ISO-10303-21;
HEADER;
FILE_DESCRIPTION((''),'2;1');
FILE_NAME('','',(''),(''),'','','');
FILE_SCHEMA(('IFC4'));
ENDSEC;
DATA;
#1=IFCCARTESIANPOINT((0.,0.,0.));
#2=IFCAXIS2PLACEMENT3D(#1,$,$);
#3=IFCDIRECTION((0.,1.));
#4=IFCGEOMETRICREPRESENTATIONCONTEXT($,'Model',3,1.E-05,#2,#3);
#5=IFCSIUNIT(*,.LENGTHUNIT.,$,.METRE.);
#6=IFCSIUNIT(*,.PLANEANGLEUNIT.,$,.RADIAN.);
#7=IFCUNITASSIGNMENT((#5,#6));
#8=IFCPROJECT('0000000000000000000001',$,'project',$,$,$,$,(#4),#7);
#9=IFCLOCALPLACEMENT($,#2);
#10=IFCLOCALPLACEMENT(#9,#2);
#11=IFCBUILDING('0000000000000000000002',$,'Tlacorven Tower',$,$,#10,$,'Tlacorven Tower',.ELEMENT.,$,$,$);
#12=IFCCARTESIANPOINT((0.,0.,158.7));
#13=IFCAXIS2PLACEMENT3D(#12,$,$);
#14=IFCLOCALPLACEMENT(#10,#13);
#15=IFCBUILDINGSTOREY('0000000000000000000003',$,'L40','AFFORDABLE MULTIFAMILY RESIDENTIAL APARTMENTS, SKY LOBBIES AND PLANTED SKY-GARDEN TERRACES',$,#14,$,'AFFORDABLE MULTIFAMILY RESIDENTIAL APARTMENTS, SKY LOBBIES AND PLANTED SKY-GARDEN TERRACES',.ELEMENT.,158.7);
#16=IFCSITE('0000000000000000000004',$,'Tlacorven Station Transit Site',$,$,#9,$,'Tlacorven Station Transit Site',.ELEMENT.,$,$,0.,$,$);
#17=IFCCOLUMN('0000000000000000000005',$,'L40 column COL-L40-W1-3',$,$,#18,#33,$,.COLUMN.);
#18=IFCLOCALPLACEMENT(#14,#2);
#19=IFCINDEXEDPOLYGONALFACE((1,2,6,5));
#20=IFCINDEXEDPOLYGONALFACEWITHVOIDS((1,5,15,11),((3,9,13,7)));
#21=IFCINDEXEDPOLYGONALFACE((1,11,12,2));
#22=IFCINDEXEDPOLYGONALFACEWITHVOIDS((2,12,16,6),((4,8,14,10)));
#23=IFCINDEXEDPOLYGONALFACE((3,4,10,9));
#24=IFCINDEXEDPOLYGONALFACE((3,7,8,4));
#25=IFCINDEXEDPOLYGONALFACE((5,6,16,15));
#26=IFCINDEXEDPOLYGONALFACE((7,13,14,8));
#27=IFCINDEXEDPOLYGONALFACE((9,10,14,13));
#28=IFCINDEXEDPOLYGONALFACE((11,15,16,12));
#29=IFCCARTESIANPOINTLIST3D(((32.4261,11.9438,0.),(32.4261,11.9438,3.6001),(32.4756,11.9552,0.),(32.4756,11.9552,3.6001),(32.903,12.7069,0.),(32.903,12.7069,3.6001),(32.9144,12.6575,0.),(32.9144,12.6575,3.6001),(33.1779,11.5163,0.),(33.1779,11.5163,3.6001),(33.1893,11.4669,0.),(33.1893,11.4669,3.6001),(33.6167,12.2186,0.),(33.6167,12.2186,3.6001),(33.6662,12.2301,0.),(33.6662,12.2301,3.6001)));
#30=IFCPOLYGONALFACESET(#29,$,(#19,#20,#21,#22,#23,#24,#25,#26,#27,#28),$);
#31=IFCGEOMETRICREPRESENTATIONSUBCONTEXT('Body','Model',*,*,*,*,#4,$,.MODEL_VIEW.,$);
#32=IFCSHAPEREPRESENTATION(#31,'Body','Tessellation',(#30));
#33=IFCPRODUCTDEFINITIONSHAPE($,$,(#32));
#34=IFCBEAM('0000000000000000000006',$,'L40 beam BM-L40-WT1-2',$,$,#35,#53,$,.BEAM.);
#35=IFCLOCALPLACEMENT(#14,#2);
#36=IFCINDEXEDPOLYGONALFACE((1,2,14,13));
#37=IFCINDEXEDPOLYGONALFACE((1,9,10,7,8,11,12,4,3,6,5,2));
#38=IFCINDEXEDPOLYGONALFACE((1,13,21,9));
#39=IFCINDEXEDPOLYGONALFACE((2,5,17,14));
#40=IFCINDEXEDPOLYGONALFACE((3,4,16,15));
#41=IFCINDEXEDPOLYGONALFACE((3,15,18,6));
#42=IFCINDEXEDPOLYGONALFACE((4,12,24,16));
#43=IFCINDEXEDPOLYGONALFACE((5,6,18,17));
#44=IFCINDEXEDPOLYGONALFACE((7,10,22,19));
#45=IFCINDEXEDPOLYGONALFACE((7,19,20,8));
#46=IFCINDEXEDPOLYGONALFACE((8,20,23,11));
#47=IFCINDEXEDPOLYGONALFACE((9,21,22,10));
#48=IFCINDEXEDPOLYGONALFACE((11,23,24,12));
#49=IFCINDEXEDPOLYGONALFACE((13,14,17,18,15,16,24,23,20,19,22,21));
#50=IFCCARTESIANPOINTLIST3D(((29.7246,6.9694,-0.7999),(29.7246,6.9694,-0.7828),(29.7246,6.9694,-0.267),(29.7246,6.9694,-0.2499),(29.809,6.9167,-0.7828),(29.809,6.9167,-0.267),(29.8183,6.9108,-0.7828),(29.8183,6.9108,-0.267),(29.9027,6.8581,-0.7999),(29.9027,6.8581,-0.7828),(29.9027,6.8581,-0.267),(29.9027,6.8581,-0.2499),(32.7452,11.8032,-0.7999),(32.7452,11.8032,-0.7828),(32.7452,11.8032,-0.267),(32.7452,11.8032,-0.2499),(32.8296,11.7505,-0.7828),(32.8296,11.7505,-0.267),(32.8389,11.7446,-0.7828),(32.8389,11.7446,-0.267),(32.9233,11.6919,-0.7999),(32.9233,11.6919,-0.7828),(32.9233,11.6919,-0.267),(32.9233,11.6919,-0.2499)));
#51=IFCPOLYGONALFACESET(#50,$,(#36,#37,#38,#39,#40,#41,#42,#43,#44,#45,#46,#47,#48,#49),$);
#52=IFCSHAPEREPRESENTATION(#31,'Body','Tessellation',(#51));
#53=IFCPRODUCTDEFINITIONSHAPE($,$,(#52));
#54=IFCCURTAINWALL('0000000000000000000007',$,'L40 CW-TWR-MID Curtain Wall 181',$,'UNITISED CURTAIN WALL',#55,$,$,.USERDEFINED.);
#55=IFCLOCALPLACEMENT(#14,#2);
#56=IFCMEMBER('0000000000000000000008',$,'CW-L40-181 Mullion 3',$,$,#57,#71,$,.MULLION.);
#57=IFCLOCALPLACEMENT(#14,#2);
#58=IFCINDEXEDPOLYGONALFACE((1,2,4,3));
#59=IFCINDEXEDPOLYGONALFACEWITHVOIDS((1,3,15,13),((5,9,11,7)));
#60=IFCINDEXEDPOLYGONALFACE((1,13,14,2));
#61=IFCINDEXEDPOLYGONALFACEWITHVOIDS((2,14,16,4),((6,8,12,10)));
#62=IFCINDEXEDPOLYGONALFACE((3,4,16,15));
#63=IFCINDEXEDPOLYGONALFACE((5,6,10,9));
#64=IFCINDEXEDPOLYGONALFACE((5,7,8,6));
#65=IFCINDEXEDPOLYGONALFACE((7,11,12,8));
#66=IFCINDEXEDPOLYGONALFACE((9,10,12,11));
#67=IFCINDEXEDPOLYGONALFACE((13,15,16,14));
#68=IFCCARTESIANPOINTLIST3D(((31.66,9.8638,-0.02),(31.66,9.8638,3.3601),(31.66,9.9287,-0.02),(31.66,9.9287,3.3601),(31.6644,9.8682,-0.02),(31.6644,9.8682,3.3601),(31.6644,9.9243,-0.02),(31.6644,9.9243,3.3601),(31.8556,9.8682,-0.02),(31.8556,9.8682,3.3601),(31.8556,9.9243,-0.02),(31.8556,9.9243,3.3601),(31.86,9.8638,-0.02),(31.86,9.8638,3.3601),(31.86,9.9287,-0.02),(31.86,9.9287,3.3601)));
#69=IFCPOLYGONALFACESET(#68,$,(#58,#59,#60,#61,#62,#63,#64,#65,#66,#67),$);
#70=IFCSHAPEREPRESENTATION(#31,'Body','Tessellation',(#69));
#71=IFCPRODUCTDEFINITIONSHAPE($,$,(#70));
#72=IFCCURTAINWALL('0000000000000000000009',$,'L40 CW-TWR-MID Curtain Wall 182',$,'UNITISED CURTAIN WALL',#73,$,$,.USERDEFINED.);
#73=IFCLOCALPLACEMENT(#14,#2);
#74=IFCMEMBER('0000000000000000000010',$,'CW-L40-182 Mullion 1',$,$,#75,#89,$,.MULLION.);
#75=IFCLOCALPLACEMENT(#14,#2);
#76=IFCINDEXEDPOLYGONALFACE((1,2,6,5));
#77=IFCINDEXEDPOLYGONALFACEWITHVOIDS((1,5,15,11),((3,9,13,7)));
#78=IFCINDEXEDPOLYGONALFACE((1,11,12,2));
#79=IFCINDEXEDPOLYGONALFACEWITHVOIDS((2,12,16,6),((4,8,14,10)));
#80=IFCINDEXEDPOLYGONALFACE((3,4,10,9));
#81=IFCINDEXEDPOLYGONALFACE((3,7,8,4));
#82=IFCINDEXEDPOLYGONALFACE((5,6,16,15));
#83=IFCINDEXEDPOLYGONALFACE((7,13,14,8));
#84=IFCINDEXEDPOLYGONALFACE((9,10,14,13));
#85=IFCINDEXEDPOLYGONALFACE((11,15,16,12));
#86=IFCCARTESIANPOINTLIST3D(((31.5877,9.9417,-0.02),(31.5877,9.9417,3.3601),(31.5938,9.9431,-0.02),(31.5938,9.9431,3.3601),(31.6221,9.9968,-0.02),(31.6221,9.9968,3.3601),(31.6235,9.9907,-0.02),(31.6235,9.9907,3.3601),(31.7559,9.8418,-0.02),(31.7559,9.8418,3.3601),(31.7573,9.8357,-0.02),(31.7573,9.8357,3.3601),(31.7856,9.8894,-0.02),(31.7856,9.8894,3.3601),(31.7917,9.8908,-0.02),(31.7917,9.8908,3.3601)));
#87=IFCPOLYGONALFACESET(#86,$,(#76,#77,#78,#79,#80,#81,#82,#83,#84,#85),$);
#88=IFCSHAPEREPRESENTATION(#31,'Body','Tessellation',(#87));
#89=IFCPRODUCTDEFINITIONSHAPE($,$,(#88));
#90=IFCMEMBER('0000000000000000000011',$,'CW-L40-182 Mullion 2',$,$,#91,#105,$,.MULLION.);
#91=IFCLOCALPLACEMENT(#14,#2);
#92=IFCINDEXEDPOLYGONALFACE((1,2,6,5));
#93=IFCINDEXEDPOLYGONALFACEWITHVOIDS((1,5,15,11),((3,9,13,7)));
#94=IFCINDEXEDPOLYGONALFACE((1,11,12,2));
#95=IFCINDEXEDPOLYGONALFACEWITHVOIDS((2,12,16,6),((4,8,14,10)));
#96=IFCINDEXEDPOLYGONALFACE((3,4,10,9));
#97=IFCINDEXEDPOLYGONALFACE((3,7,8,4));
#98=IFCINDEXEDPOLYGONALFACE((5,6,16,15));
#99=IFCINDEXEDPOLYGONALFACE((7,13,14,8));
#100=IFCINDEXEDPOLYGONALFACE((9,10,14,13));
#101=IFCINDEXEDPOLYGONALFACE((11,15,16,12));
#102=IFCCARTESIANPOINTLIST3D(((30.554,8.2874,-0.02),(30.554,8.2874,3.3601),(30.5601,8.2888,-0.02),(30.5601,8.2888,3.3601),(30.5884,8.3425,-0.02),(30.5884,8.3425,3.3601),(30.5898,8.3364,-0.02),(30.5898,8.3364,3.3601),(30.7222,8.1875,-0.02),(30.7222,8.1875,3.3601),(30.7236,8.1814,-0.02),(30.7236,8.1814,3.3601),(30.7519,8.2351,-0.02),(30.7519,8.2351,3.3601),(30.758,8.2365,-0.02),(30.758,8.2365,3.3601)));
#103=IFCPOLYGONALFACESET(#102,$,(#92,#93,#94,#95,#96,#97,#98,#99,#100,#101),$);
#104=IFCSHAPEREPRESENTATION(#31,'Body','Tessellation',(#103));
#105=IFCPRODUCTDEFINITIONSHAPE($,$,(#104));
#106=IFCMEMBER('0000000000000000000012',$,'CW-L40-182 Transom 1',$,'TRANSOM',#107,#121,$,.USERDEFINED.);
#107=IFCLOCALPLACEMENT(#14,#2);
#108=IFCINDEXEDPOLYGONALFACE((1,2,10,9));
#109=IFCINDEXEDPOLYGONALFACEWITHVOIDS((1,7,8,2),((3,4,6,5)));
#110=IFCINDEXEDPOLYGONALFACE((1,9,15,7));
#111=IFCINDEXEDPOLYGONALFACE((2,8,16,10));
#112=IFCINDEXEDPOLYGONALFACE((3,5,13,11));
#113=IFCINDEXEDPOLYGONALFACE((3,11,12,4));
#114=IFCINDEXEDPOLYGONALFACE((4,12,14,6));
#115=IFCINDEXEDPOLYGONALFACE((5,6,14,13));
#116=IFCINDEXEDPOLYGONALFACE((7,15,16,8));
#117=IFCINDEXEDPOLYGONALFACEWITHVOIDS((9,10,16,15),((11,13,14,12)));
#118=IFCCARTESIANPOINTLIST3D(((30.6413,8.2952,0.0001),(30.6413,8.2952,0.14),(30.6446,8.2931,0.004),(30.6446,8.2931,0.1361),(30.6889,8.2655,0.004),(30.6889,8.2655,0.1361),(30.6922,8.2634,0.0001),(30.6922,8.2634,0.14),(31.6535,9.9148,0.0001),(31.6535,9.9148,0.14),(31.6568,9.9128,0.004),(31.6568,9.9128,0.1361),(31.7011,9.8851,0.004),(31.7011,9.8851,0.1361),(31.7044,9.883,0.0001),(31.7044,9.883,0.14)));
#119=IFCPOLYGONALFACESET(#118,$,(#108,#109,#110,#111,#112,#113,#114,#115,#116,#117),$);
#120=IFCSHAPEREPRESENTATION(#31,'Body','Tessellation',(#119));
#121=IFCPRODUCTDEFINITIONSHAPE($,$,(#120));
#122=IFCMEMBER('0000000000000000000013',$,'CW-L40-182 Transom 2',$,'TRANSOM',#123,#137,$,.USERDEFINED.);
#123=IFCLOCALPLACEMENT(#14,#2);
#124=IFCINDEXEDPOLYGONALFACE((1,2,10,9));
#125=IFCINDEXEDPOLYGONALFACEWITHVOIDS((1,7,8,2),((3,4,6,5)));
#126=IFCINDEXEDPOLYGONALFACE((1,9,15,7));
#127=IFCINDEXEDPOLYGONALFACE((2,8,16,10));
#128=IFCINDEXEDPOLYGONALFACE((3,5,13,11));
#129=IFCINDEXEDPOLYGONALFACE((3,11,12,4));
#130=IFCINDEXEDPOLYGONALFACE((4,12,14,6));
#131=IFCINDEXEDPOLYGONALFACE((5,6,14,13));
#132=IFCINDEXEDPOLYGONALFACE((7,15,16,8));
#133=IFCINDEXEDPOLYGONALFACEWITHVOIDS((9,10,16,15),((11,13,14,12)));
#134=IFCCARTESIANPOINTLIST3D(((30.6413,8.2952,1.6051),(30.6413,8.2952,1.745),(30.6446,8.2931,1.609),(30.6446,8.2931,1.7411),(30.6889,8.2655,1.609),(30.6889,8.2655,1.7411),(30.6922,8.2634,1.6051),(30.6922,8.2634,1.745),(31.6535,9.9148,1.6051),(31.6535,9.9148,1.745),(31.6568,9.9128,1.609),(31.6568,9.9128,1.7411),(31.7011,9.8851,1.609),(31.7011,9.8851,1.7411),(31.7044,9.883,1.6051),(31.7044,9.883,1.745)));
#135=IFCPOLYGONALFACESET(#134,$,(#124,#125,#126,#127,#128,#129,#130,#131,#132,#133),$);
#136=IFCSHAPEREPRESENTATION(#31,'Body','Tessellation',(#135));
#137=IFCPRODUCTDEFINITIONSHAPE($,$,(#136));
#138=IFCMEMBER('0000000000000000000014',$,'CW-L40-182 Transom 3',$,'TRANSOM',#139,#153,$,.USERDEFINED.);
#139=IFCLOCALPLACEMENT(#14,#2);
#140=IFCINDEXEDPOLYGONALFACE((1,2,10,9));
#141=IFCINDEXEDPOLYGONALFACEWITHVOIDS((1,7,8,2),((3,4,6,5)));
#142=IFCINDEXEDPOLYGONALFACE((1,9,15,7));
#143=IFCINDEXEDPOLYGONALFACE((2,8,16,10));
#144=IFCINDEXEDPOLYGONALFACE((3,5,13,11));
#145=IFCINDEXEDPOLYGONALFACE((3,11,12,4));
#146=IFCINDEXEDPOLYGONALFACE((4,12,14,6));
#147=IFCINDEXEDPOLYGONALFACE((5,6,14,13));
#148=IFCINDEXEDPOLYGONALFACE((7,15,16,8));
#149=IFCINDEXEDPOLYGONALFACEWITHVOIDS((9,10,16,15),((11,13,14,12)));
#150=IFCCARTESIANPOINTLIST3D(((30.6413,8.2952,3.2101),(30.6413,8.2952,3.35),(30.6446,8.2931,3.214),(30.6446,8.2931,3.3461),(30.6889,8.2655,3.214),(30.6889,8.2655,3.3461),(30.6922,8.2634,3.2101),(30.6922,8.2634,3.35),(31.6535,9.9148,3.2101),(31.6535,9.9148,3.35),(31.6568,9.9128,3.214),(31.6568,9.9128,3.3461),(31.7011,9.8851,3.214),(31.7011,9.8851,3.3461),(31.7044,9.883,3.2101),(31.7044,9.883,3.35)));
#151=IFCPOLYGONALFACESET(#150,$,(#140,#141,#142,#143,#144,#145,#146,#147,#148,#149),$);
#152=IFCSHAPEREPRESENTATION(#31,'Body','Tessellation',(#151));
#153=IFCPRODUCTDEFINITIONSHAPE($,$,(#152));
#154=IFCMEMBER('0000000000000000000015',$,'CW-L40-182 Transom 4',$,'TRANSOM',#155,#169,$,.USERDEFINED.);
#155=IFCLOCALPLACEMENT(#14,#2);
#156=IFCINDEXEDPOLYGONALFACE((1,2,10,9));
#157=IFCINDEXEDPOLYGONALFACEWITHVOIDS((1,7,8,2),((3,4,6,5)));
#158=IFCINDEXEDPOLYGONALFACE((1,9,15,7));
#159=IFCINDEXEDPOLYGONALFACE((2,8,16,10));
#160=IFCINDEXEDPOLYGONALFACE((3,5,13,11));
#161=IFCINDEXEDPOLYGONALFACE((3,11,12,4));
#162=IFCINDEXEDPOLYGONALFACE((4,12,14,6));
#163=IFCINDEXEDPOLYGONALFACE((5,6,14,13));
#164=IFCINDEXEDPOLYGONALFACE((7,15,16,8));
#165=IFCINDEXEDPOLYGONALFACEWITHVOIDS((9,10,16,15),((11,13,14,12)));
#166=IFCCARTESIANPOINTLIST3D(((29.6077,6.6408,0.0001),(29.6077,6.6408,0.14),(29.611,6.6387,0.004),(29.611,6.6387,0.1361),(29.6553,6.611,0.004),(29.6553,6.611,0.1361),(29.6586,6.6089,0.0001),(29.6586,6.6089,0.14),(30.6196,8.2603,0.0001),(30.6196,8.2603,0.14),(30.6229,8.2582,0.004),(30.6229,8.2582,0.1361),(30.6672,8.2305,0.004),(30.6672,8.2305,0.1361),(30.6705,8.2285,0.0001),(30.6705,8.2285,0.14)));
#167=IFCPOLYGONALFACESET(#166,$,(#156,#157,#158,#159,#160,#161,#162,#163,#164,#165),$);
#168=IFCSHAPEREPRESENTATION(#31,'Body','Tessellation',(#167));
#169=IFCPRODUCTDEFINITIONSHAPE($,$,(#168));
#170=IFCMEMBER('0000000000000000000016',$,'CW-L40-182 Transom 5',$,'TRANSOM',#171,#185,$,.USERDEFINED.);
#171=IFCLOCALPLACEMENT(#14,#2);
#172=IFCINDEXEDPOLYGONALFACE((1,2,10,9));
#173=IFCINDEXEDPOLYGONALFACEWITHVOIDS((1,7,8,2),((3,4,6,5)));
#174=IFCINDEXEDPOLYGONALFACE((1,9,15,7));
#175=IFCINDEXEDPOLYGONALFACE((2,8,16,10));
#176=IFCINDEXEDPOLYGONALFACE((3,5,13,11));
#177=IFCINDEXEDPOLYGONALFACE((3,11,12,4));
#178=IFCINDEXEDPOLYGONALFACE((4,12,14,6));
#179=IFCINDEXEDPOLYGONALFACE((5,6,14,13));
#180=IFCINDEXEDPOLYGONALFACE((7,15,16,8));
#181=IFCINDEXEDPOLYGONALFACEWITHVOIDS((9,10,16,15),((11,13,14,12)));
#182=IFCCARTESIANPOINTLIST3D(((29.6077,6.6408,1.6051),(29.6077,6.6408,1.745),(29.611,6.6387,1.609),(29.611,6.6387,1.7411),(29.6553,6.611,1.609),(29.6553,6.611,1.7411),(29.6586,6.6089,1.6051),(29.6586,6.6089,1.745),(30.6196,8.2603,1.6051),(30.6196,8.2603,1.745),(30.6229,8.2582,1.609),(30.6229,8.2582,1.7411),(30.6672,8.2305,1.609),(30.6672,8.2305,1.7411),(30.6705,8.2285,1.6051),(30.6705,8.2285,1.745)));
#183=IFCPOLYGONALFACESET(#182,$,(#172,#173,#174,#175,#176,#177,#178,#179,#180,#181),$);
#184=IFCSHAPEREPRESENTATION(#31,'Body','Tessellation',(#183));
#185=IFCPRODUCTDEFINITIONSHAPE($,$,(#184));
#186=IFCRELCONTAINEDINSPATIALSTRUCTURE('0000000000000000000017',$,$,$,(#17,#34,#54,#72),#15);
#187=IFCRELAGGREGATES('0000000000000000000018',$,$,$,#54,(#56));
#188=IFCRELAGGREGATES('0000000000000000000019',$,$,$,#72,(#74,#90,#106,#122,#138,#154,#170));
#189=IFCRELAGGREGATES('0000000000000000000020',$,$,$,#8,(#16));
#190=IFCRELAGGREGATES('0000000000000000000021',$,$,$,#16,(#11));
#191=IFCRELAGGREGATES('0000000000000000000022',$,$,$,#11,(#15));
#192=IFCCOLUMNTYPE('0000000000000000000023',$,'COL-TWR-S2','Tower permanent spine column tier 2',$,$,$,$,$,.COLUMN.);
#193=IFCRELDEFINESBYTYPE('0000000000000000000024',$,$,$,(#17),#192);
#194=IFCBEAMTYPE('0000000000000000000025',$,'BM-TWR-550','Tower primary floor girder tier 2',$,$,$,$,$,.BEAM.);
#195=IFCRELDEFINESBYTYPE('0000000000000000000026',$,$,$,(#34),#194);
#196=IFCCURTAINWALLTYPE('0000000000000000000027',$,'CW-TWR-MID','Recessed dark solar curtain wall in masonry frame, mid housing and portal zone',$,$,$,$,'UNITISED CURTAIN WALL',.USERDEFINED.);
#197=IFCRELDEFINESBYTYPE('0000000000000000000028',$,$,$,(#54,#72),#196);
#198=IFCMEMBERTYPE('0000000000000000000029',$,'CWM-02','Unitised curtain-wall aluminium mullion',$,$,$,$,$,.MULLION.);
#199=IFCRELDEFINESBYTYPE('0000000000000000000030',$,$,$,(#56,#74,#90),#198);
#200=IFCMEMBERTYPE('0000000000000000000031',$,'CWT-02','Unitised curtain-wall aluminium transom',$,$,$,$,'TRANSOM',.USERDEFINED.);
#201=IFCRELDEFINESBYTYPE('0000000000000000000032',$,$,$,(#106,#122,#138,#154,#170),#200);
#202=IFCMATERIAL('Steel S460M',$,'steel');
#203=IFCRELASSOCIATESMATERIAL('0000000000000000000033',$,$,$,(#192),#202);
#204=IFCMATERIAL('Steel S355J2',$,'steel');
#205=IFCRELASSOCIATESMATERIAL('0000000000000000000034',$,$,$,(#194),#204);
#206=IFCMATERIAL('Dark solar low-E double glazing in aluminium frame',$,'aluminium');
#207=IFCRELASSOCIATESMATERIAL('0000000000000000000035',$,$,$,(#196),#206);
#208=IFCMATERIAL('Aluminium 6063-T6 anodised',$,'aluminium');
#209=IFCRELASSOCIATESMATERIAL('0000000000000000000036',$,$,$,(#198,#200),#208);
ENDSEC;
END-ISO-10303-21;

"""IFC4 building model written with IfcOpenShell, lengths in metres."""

from ifc_helpers import new_model, si_unit, direction, frame, origin, origin_2d, place, context, subcontext, project, spatial, hollow_rectangle, i_section, extrude, source, transform, mapped, material, material_profile, profile_set, type_object, element, aggregate, save


model = new_model("IFC4")

# Units and contexts
model_context = context("Model", 3, precision=1e-05, world=origin(), true_north=direction((0.0, 1.0)))
body_context = subcontext(model_context, "Body", "Model", "MODEL_VIEW")
ifc_project = project(units=[si_unit("LENGTHUNIT", "METRE"), si_unit("PLANEANGLEUNIT", "RADIAN")], contexts=[model_context])

# Site, building, storey
site_placement = place(None, origin())
site = spatial("IfcSite", under=ifc_project, at=site_placement, Name="Tlacorven Station Transit Site", LongName="Tlacorven Station Transit Site", CompositionType="ELEMENT", RefElevation=0.0)
building_placement = place(site_placement, origin())
building = spatial("IfcBuilding", under=site, at=building_placement, Name="Tlacorven Tower", LongName="Tlacorven Tower", CompositionType="ELEMENT")
storey_placement = place(building_placement, frame((0.0, 0.0, 158.7)))
storey = spatial("IfcBuildingStorey", under=building, at=storey_placement, Name="L40", Description="AFFORDABLE MULTIFAMILY RESIDENTIAL APARTMENTS, SKY LOBBIES AND PLANTED SKY-GARDEN TERRACES", LongName="AFFORDABLE MULTIFAMILY RESIDENTIAL APARTMENTS, SKY LOBBIES AND PLANTED SKY-GARDEN TERRACES", CompositionType="ELEMENT", Elevation=158.7)

# Column
ifc_material_1 = material(Name="Steel S460M", Category="steel")
ifc_material_profile_1 = material_profile(ifc_material_1, hollow_rectangle(XDim=0.8999, YDim=0.8999, WallThickness=0.0359, at=origin_2d()), Name="BOX 900X900X36")
ifc_profile_set_1 = profile_set([ifc_material_profile_1], Name="Steel S460M")
column_type = type_object("IfcColumnType", Name="COL-TWR-S2", Description="Tower permanent spine column tier 2", PredefinedType="COLUMN", material=ifc_profile_set_1)
shared_shape_1 = source(origin(), body_context, "Body", "SweptSolid", [
    extrude(hollow_rectangle(XDim=0.8999, YDim=0.8999, WallThickness=0.0359, at=origin_2d()), origin(), (0.0, 0.0, 1.0), 3.6001),
])
column_placement = place(storey_placement, frame((33.0461, 12.0869, 0.0), z_axis=(0.0, 0.0, 1.0), x_axis=(-0.848048, 0.529919, 0.0)))
element("IfcColumn", 1, at=column_placement, inside=storey, type_object=column_type, Name="L40 column COL-L40-W1-3", PredefinedType="COLUMN", context=body_context, shape_type="MappedRepresentation", body=[
    mapped(shared_shape_1, transform((0.0, 0.0, 0.0), scale=1.0)),
])

# Beam
ifc_material_2 = material(Name="Steel S355J2", Category="steel")
ifc_material_profile_2 = material_profile(ifc_material_2, i_section(OverallWidth=0.21, OverallDepth=0.55, WebThickness=0.011, FlangeThickness=0.0171, at=origin_2d()), Name="IPE 550")
ifc_profile_set_2 = profile_set([ifc_material_profile_2], Name="Steel S355J2")
beam_type = type_object("IfcBeamType", Name="BM-TWR-550", Description="Tower primary floor girder tier 2", PredefinedType="BEAM", material=ifc_profile_set_2)
shared_shape_2 = source(origin(), body_context, "Body", "SweptSolid", [
    extrude(i_section(OverallWidth=0.21, OverallDepth=0.55, WebThickness=0.011, FlangeThickness=0.0171, at=origin_2d()), origin(), (0.0, 0.0, 1.0), 5.7),
])
beam_placement = place(storey_placement, frame((32.8342, 11.7476, -0.5249), z_axis=(-0.529926, -0.848044, 0.0), x_axis=(0.848044, -0.529926, 0.0)))
element("IfcBeam", 2, at=beam_placement, inside=storey, type_object=beam_type, Name="L40 beam BM-L40-WT1-2", PredefinedType="BEAM", context=body_context, shape_type="MappedRepresentation", body=[
    mapped(shared_shape_2, transform((0.0, 0.0, 0.0), scale=1.0)),
])

# Curtain wall, member
ifc_material_3 = material(Name="Dark solar low-E double glazing in aluminium frame", Category="aluminium")
curtain_wall_type = type_object("IfcCurtainWallType", Name="CW-TWR-MID", Description="Recessed dark solar curtain wall in masonry frame, mid housing and portal zone", ElementType="UNITISED CURTAIN WALL", PredefinedType="USERDEFINED", material=ifc_material_3)
curtain_wall_1_placement = place(storey_placement, origin())
curtain_wall_1 = element("IfcCurtainWall", 3, at=curtain_wall_1_placement, inside=storey, type_object=curtain_wall_type, Name="L40 CW-TWR-MID Curtain Wall 181", ObjectType="UNITISED CURTAIN WALL", PredefinedType="USERDEFINED")
ifc_material_4 = material(Name="Aluminium 6063-T6 anodised", Category="aluminium")
ifc_material_profile_3 = material_profile(ifc_material_4, hollow_rectangle(XDim=0.0649, YDim=0.2, WallThickness=0.0044, at=origin_2d()), Name="ALU MULLION 65X200")
ifc_profile_set_3 = profile_set([ifc_material_profile_3], Name="Aluminium 6063-T6 anodised")
member_type_1 = type_object("IfcMemberType", Name="CWM-02", Description="Unitised curtain-wall aluminium mullion", PredefinedType="MULLION", material=ifc_profile_set_3)
shared_shape_3 = source(origin(), body_context, "Body", "SweptSolid", [
    extrude(hollow_rectangle(XDim=0.0649, YDim=0.2, WallThickness=0.0044, at=origin_2d()), origin(), (0.0, 0.0, 1.0), 3.3801),
])
member_1_placement = place(storey_placement, frame((31.76, 9.8962, -0.02), z_axis=(0.0, 0.0, 1.0), x_axis=(0.0, 1.0, 0.0)))
member_1 = element("IfcMember", 4, at=member_1_placement, type_object=member_type_1, Name="CW-L40-181 Mullion 3", PredefinedType="MULLION", context=body_context, shape_type="MappedRepresentation", body=[
    mapped(shared_shape_3, transform((0.0, 0.0, 0.0), scale=1.0)),
])

# Curtain wall, members
curtain_wall_2_placement = place(storey_placement, origin())
curtain_wall_2 = element("IfcCurtainWall", 5, at=curtain_wall_2_placement, inside=storey, type_object=curtain_wall_type, Name="L40 CW-TWR-MID Curtain Wall 182", ObjectType="UNITISED CURTAIN WALL", PredefinedType="USERDEFINED")
member_2_placement = place(storey_placement, frame((31.6897, 9.9163, -0.02), z_axis=(0.0, 0.0, 1.0), x_axis=(-0.529919, -0.848048, 0.0)))
member_2 = element("IfcMember", 6, at=member_2_placement, type_object=member_type_1, Name="CW-L40-182 Mullion 1", PredefinedType="MULLION", context=body_context, shape_type="MappedRepresentation", body=[
    mapped(shared_shape_3, transform((0.0, 0.0, 0.0), scale=1.0)),
])
member_3_placement = place(storey_placement, frame((30.656, 8.262, -0.02), z_axis=(0.0, 0.0, 1.0), x_axis=(-0.529919, -0.848048, 0.0)))
member_3 = element("IfcMember", 7, at=member_3_placement, type_object=member_type_1, Name="CW-L40-182 Mullion 2", PredefinedType="MULLION", context=body_context, shape_type="MappedRepresentation", body=[
    mapped(shared_shape_3, transform((0.0, 0.0, 0.0), scale=1.0)),
])
ifc_material_profile_4 = material_profile(ifc_material_4, hollow_rectangle(XDim=0.0601, YDim=0.1399, WallThickness=0.0039, at=origin_2d()), Name="ALU TRANSOM 60X140")
ifc_profile_set_4 = profile_set([ifc_material_profile_4], Name="Aluminium 6063-T6 anodised")
member_type_2 = type_object("IfcMemberType", Name="CWT-02", Description="Unitised curtain-wall aluminium transom", ElementType="TRANSOM", PredefinedType="USERDEFINED", material=ifc_profile_set_4)
shared_shape_4 = source(origin(), body_context, "Body", "SweptSolid", [
    extrude(hollow_rectangle(XDim=0.0601, YDim=0.1399, WallThickness=0.0039, at=origin_2d()), origin(), (0.0, 0.0, 1.0), 1.9099),
])
member_4_placement = place(storey_placement, frame((31.679, 9.8989, 0.0701), z_axis=(-0.529976, -0.848013, 0.0), x_axis=(0.848013, -0.529976, 0.0)))
member_4 = element("IfcMember", 8, at=member_4_placement, type_object=member_type_2, Name="CW-L40-182 Transom 1", ObjectType="TRANSOM", PredefinedType="USERDEFINED", context=body_context, shape_type="MappedRepresentation", body=[
    mapped(shared_shape_4, transform((0.0, 0.0, 0.0), scale=1.0)),
])
member_5_placement = place(storey_placement, frame((31.679, 9.8989, 1.675), z_axis=(-0.529976, -0.848013, 0.0), x_axis=(0.848013, -0.529976, 0.0)))
member_5 = element("IfcMember", 9, at=member_5_placement, type_object=member_type_2, Name="CW-L40-182 Transom 2", ObjectType="TRANSOM", PredefinedType="USERDEFINED", context=body_context, shape_type="MappedRepresentation", body=[
    mapped(shared_shape_4, transform((0.0, 0.0, 0.0), scale=1.0)),
])
member_6_placement = place(storey_placement, frame((31.679, 9.8989, 3.28), z_axis=(-0.529976, -0.848013, 0.0), x_axis=(0.848013, -0.529976, 0.0)))
member_6 = element("IfcMember", 10, at=member_6_placement, type_object=member_type_2, Name="CW-L40-182 Transom 3", ObjectType="TRANSOM", PredefinedType="USERDEFINED", context=body_context, shape_type="MappedRepresentation", body=[
    mapped(shared_shape_4, transform((0.0, 0.0, 0.0), scale=1.0)),
])
shared_shape_5 = source(origin(), body_context, "Body", "SweptSolid", [
    extrude(hollow_rectangle(XDim=0.0601, YDim=0.1399, WallThickness=0.0039, at=origin_2d()), origin(), (0.0, 0.0, 1.0), 1.9097),
])
member_7_placement = place(storey_placement, frame((30.645, 8.2444, 0.0701), z_axis=(-0.529884, -0.84807, 0.0), x_axis=(0.84807, -0.529884, 0.0)))
member_7 = element("IfcMember", 11, at=member_7_placement, type_object=member_type_2, Name="CW-L40-182 Transom 4", ObjectType="TRANSOM", PredefinedType="USERDEFINED", context=body_context, shape_type="MappedRepresentation", body=[
    mapped(shared_shape_5, transform((0.0, 0.0, 0.0), scale=1.0)),
])
member_8_placement = place(storey_placement, frame((30.645, 8.2444, 1.675), z_axis=(-0.529884, -0.84807, 0.0), x_axis=(0.84807, -0.529884, 0.0)))
member_8 = element("IfcMember", 12, at=member_8_placement, type_object=member_type_2, Name="CW-L40-182 Transom 5", ObjectType="TRANSOM", PredefinedType="USERDEFINED", context=body_context, shape_type="MappedRepresentation", body=[
    mapped(shared_shape_5, transform((0.0, 0.0, 0.0), scale=1.0)),
])

aggregate(curtain_wall_1, [member_1])
aggregate(curtain_wall_2, [member_2, member_3, member_4, member_5, member_6, member_7, member_8])

save(model, "model.ifc")
